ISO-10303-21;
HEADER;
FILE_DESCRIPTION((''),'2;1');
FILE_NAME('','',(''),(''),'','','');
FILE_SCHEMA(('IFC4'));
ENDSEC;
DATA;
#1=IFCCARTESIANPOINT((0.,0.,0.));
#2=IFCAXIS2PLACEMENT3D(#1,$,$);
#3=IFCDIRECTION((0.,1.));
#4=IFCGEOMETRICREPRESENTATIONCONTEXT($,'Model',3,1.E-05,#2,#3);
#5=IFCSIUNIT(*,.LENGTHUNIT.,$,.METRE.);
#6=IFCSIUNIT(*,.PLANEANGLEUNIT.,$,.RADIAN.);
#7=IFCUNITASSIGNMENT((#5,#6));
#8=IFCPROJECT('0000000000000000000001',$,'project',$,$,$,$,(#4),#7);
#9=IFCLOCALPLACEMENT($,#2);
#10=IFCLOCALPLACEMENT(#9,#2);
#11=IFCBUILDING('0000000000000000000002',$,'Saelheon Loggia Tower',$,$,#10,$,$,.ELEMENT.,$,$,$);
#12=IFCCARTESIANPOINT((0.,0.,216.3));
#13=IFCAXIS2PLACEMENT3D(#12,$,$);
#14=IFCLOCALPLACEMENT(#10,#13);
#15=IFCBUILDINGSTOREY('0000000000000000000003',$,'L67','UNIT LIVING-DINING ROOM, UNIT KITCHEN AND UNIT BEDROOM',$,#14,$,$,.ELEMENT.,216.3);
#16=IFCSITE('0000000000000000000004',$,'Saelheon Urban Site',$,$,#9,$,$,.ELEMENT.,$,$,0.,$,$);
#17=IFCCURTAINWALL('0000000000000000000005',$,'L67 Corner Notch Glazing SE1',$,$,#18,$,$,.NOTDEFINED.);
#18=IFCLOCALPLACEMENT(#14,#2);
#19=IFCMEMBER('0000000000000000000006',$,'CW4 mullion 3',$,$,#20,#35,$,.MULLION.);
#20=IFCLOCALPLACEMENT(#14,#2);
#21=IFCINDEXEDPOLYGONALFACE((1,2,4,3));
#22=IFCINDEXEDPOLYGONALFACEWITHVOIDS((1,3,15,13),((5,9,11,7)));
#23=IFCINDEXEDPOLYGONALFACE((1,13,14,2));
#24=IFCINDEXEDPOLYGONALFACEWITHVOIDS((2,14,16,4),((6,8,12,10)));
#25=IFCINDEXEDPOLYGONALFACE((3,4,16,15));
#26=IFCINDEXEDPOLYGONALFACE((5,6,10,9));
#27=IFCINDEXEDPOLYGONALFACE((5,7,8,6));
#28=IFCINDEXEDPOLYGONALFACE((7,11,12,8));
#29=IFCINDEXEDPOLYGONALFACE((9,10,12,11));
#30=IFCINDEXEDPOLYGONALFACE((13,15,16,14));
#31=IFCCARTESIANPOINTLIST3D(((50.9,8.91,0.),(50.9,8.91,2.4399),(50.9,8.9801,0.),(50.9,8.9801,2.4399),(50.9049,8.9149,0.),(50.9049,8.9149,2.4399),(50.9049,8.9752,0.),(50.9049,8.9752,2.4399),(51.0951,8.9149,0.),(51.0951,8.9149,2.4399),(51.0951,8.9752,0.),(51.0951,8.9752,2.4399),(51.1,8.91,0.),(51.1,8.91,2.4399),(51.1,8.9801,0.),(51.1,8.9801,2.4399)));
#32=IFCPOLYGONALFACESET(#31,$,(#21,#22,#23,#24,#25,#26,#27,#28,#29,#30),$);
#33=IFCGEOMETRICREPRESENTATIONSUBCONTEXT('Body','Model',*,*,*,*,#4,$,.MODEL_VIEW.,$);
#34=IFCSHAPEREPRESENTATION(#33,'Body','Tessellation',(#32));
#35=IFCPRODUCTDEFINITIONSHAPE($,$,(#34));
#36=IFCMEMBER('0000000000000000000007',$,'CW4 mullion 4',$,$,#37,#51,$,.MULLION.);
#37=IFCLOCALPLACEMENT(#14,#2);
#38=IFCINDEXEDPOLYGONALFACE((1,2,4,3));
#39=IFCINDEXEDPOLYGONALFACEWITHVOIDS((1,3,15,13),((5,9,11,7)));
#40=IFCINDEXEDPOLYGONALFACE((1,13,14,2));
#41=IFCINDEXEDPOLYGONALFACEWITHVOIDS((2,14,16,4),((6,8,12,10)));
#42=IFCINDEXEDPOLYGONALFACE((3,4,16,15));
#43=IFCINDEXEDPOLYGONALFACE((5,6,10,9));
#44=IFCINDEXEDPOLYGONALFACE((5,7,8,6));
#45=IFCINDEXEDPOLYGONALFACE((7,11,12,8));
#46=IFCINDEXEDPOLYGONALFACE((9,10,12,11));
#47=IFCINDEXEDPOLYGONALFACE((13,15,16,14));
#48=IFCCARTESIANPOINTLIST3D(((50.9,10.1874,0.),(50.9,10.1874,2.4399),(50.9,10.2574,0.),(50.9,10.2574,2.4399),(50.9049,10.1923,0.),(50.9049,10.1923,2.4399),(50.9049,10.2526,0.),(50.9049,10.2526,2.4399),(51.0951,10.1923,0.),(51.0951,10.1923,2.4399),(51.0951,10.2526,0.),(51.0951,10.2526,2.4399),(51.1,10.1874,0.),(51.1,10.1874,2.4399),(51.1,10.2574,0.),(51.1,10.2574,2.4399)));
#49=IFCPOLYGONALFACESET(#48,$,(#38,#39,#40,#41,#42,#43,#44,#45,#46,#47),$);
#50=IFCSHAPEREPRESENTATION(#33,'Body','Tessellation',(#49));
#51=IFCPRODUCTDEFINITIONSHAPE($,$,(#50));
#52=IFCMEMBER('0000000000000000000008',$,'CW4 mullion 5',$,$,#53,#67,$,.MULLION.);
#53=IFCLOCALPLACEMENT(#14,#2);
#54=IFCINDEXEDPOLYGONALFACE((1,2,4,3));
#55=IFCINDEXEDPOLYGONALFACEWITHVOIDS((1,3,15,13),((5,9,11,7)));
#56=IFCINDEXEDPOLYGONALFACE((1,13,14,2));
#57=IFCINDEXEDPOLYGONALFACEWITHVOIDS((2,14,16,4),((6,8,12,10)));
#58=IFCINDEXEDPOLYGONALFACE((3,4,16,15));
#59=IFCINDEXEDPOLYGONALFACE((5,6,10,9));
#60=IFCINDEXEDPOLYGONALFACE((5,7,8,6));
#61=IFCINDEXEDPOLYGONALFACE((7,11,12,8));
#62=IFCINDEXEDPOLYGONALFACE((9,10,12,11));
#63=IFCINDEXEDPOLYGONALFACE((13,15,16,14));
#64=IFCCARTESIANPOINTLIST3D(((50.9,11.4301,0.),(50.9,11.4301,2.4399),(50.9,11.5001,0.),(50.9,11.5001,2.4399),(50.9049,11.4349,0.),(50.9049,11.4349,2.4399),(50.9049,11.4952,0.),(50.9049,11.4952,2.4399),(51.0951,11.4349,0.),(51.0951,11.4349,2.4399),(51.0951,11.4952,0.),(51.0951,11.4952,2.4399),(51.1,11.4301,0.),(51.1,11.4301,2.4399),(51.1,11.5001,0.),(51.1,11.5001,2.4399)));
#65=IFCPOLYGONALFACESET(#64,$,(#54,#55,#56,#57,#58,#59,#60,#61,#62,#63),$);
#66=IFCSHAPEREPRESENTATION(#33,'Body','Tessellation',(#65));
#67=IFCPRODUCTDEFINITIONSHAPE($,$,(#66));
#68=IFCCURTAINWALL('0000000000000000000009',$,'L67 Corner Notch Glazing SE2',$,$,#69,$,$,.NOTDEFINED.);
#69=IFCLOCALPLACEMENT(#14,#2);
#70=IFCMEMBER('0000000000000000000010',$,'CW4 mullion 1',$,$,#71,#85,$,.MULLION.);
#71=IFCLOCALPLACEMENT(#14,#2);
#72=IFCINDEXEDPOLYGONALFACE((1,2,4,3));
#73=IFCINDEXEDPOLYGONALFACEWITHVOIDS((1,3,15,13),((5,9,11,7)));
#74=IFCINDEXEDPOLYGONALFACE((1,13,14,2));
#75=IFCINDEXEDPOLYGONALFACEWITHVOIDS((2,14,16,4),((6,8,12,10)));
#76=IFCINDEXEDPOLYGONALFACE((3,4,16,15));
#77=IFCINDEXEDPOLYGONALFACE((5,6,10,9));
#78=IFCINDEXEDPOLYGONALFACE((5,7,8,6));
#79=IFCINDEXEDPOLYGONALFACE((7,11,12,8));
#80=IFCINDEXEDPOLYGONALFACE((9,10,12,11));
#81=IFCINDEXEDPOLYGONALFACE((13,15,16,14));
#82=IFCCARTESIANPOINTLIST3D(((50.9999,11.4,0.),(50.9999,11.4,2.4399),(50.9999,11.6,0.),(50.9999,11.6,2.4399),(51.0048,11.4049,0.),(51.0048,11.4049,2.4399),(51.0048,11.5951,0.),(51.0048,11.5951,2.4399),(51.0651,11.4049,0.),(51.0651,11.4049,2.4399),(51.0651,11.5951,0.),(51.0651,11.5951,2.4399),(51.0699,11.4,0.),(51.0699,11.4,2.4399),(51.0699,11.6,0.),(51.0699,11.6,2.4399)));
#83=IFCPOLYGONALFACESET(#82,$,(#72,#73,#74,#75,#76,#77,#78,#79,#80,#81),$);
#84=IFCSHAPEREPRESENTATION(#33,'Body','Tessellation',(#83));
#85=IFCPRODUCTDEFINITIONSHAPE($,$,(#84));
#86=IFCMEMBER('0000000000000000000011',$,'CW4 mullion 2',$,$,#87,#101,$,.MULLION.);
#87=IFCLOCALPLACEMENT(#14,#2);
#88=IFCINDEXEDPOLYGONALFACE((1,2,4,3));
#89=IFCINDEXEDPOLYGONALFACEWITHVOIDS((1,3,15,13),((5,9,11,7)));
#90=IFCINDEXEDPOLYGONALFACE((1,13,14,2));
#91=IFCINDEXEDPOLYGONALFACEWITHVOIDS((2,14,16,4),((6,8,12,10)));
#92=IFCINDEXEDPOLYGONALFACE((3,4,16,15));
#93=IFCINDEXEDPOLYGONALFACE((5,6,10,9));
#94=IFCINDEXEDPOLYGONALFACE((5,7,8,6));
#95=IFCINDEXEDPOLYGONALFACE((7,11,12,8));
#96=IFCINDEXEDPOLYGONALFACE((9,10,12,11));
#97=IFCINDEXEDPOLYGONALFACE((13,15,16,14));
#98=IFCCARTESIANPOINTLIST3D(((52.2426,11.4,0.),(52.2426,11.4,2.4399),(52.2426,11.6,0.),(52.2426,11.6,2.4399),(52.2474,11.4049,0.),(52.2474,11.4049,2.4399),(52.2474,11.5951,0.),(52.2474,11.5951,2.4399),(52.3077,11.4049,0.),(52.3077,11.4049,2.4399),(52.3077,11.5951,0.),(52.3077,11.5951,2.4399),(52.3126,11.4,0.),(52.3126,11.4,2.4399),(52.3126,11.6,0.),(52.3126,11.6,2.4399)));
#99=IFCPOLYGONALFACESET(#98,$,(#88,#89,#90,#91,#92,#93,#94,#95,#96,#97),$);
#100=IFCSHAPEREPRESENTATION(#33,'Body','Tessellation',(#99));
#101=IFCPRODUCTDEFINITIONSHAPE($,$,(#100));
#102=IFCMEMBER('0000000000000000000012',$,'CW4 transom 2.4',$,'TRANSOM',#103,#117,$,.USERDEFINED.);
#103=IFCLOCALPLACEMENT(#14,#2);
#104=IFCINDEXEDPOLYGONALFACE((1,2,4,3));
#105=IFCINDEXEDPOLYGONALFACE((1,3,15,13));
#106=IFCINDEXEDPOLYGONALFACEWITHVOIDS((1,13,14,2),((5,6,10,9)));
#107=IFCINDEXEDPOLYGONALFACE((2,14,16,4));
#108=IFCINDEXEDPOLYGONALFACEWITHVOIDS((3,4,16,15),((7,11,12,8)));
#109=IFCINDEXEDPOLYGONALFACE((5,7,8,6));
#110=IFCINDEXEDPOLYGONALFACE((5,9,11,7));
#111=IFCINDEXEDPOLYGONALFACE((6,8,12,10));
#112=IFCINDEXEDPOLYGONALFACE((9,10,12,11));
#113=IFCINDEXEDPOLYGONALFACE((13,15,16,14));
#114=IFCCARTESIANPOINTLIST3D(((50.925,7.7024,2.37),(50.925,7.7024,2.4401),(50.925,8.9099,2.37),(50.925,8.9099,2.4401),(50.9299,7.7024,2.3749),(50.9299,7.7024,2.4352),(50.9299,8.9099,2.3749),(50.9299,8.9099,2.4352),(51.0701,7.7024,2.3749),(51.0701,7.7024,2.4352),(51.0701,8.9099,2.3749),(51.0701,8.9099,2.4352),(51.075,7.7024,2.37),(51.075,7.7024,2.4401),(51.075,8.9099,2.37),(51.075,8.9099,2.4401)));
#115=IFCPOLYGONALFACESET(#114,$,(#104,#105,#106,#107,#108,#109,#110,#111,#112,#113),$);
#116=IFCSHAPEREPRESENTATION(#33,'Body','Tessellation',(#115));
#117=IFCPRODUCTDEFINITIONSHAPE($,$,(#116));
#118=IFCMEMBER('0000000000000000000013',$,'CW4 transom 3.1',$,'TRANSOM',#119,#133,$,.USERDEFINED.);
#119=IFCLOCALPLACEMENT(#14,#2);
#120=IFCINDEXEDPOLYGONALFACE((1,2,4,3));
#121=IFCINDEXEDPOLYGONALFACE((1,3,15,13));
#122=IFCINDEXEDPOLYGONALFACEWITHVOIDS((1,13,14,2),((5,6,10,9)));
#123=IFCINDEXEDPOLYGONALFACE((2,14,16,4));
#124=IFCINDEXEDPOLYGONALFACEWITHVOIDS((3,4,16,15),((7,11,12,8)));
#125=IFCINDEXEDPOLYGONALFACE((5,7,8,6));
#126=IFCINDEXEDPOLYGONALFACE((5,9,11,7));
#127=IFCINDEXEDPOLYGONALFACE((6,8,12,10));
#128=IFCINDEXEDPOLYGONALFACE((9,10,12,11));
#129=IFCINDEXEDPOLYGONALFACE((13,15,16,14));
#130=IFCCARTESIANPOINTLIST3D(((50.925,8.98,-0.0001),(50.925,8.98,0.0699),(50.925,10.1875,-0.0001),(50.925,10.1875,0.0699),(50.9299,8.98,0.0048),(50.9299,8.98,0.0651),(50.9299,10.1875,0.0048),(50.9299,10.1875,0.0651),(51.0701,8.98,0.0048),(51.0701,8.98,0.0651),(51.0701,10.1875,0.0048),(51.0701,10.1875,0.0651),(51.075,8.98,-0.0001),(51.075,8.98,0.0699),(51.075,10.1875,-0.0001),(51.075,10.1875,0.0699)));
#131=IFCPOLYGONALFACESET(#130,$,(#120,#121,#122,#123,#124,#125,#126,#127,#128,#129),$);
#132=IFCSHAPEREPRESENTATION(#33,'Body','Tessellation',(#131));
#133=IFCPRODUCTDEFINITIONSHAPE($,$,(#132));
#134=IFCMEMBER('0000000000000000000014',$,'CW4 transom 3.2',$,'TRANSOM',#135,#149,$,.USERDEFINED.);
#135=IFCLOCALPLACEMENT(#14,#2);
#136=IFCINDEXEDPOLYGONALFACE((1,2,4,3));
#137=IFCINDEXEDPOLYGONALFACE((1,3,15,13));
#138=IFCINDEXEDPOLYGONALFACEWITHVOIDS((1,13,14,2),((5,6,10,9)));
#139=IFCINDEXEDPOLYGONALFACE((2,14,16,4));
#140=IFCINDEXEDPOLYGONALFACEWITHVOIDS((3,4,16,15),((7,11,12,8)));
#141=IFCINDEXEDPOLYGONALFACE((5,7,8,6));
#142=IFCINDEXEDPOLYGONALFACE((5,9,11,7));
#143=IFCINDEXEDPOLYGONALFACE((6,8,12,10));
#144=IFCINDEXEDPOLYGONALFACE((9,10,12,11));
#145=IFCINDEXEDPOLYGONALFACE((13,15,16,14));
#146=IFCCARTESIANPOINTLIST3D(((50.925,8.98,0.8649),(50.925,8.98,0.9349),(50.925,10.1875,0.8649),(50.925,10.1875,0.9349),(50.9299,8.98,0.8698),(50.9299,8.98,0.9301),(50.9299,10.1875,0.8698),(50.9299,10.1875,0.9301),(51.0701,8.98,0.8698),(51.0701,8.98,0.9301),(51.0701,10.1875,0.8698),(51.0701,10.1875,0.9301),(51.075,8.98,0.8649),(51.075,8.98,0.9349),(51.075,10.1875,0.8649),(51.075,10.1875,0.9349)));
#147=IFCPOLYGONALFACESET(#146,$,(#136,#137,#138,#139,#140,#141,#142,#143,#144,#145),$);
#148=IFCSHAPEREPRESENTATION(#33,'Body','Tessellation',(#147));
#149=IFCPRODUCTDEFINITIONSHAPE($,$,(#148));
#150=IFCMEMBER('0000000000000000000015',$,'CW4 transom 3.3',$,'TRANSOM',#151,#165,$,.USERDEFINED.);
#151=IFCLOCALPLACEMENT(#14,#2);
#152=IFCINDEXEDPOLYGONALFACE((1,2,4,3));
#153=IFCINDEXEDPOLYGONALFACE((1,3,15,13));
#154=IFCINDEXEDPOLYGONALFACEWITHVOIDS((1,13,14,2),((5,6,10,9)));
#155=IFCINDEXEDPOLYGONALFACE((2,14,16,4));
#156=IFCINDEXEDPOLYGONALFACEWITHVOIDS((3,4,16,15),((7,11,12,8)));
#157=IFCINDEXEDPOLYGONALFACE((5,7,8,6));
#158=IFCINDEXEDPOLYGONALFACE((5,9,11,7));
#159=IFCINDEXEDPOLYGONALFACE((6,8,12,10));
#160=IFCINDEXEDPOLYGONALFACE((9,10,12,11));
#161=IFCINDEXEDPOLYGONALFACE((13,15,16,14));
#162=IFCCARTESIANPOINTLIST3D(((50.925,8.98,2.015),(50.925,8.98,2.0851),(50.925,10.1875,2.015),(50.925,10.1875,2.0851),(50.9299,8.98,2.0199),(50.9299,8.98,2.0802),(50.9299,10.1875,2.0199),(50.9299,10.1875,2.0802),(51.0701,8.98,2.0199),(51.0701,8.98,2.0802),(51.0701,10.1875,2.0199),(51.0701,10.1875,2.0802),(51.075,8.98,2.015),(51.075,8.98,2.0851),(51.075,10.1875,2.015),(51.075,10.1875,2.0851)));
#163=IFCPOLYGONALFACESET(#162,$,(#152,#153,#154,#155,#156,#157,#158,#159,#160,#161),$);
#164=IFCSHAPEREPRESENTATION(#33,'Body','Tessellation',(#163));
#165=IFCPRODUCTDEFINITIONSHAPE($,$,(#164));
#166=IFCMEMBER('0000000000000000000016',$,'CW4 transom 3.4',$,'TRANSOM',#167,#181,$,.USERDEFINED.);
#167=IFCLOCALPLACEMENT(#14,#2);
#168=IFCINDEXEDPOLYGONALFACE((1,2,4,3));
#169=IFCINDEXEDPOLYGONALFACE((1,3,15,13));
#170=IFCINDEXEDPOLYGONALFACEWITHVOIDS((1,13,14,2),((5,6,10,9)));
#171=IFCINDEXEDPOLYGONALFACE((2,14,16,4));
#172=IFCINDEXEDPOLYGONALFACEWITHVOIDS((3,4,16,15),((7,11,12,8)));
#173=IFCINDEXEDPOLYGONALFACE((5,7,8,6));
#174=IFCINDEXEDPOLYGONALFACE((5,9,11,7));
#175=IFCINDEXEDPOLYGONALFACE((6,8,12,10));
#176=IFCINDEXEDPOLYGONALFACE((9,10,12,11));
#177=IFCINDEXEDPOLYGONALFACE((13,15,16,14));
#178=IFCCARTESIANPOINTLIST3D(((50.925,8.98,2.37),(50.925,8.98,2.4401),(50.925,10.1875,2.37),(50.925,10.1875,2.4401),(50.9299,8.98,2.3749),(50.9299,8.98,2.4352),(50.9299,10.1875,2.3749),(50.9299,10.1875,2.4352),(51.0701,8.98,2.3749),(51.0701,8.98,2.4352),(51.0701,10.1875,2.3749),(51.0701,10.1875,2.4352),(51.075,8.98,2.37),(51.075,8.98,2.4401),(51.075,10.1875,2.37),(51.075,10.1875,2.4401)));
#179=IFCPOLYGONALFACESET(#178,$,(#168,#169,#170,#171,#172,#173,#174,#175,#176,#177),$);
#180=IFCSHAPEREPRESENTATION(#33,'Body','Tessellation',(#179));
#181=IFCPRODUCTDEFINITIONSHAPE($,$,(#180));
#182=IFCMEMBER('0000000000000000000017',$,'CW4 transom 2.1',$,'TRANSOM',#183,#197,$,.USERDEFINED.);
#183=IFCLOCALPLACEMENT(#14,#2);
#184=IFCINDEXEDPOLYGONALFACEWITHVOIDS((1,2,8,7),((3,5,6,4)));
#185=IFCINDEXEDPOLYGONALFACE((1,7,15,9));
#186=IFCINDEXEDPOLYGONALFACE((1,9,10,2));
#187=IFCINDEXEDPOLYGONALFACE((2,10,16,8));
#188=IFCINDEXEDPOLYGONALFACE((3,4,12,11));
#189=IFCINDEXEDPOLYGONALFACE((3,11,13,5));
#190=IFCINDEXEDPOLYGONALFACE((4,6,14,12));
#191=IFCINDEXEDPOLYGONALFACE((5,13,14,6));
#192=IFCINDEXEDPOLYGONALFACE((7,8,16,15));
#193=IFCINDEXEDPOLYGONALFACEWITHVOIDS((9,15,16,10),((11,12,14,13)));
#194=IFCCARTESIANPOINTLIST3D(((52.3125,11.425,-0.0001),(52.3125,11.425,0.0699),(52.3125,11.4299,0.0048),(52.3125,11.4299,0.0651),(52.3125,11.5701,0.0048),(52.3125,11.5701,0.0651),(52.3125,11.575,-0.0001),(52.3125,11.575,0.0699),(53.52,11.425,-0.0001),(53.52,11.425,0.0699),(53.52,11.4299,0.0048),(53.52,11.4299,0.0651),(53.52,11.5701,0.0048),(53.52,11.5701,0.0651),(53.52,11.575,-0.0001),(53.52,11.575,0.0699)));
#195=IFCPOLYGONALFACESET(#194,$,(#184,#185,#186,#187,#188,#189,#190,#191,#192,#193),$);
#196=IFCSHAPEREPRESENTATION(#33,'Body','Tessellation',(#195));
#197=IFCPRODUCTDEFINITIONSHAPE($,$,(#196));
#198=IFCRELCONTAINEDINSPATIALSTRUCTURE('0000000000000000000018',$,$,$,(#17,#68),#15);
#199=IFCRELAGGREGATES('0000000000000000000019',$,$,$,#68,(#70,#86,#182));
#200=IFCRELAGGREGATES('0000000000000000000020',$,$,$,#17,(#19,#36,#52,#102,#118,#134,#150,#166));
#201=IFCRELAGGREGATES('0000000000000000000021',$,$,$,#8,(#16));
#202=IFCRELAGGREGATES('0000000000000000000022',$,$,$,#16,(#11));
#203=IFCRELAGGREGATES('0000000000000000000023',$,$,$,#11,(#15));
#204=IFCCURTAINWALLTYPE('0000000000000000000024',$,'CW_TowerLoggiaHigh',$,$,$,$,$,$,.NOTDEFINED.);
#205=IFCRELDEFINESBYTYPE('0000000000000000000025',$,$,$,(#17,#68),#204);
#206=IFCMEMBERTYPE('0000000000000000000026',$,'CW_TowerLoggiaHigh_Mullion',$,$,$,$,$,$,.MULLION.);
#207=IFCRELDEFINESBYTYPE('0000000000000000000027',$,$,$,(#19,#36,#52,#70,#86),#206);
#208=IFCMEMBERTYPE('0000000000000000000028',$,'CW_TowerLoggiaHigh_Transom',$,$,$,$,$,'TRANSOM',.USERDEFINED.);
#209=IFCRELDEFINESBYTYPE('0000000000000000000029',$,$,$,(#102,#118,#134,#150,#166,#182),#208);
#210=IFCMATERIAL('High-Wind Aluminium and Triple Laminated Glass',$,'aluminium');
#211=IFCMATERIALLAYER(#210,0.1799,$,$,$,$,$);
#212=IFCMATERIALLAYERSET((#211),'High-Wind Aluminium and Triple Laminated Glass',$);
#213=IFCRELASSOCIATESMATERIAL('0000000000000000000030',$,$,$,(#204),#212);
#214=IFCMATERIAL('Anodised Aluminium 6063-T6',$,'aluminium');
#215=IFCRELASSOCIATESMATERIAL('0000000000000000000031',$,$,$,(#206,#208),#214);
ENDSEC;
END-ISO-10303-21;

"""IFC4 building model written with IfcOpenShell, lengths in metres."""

from ifc_helpers import new_model, si_unit, direction, frame, origin, origin_2d, place, context, subcontext, project, spatial, hollow_rectangle, extrude, source, transform, mapped, material, layer, layer_set, material_profile, profile_set, type_object, element, aggregate, save


model = new_model("IFC4")

# Units and contexts
model_context = context("Model", 3, precision=1e-05, world=origin(), true_north=direction((0.0, 1.0)))
body_context = subcontext(model_context, "Body", "Model", "MODEL_VIEW")
ifc_project = project(units=[si_unit("LENGTHUNIT", "METRE"), si_unit("PLANEANGLEUNIT", "RADIAN")], contexts=[model_context])

# Site, building, storey
site_placement = place(None, origin())
site = spatial("IfcSite", under=ifc_project, at=site_placement, Name="Saelheon Urban Site", CompositionType="ELEMENT", RefElevation=0.0)
building_placement = place(site_placement, origin())
building = spatial("IfcBuilding", under=site, at=building_placement, Name="Saelheon Loggia Tower", CompositionType="ELEMENT")
storey_placement = place(building_placement, frame((0.0, 0.0, 216.3)))
storey = spatial("IfcBuildingStorey", under=building, at=storey_placement, Name="L67", Description="UNIT LIVING-DINING ROOM, UNIT KITCHEN AND UNIT BEDROOM", CompositionType="ELEMENT", Elevation=216.3)

# Curtain walls, members
ifc_material_1 = material(Name="High-Wind Aluminium and Triple Laminated Glass", Category="aluminium")
ifc_layer_1 = layer(ifc_material_1, 0.1799)
ifc_layer_set_1 = layer_set([ifc_layer_1], Name="High-Wind Aluminium and Triple Laminated Glass")
curtain_wall_type = type_object("IfcCurtainWallType", Name="CW_TowerLoggiaHigh", PredefinedType="NOTDEFINED", material=ifc_layer_set_1)
curtain_wall_1_placement = place(storey_placement, origin())
curtain_wall_1 = element("IfcCurtainWall", 1, at=curtain_wall_1_placement, inside=storey, type_object=curtain_wall_type, Name="L67 Corner Notch Glazing SE1", PredefinedType="NOTDEFINED")
ifc_material_2 = material(Name="Anodised Aluminium 6063-T6", Category="aluminium")
ifc_material_profile_1 = material_profile(ifc_material_2, hollow_rectangle(XDim=0.0701, YDim=0.2, WallThickness=0.0049, at=origin_2d()), Name="RHS-200x70x5")
ifc_profile_set_1 = profile_set([ifc_material_profile_1], Name="Anodised Aluminium 6063-T6")
member_type_1 = type_object("IfcMemberType", Name="CW_TowerLoggiaHigh_Mullion", PredefinedType="MULLION", material=ifc_profile_set_1)
shared_shape_1 = source(origin(), body_context, "Body", "SweptSolid", [
    extrude(hollow_rectangle(XDim=0.0701, YDim=0.2, WallThickness=0.0049, at=origin_2d()), origin(), (0.0, 0.0, 1.0), 2.4399),
])
member_1_placement = place(storey_placement, frame((51.0, 8.9451, 0.0), z_axis=(0.0, 0.0, 1.0), x_axis=(0.0, 1.0, 0.0)))
member_1 = element("IfcMember", 2, at=member_1_placement, type_object=member_type_1, Name="CW4 mullion 3", PredefinedType="MULLION", context=body_context, shape_type="MappedRepresentation", body=[
    mapped(shared_shape_1, transform((0.0, 0.0, 0.0), scale=1.0)),
])
member_2_placement = place(storey_placement, frame((51.0, 10.2224, 0.0), z_axis=(0.0, 0.0, 1.0), x_axis=(0.0, 1.0, 0.0)))
member_2 = element("IfcMember", 3, at=member_2_placement, type_object=member_type_1, Name="CW4 mullion 4", PredefinedType="MULLION", context=body_context, shape_type="MappedRepresentation", body=[
    mapped(shared_shape_1, transform((0.0, 0.0, 0.0), scale=1.0)),
])
member_3_placement = place(storey_placement, frame((51.0, 11.4651, 0.0), z_axis=(0.0, 0.0, 1.0), x_axis=(0.0, 1.0, 0.0)))
member_3 = element("IfcMember", 4, at=member_3_placement, type_object=member_type_1, Name="CW4 mullion 5", PredefinedType="MULLION", context=body_context, shape_type="MappedRepresentation", body=[
    mapped(shared_shape_1, transform((0.0, 0.0, 0.0), scale=1.0)),
])
curtain_wall_2_placement = place(storey_placement, origin())
curtain_wall_2 = element("IfcCurtainWall", 5, at=curtain_wall_2_placement, inside=storey, type_object=curtain_wall_type, Name="L67 Corner Notch Glazing SE2", PredefinedType="NOTDEFINED")
member_4_placement = place(storey_placement, frame((51.0349, 11.5, 0.0), z_axis=(0.0, 0.0, 1.0), x_axis=(1.0, 0.0, 0.0)))
member_4 = element("IfcMember", 6, at=member_4_placement, type_object=member_type_1, Name="CW4 mullion 1", PredefinedType="MULLION", context=body_context, shape_type="MappedRepresentation", body=[
    mapped(shared_shape_1, transform((0.0, 0.0, 0.0), scale=1.0)),
])
member_5_placement = place(storey_placement, frame((52.2776, 11.5, 0.0), z_axis=(0.0, 0.0, 1.0), x_axis=(1.0, 0.0, 0.0)))
member_5 = element("IfcMember", 7, at=member_5_placement, type_object=member_type_1, Name="CW4 mullion 2", PredefinedType="MULLION", context=body_context, shape_type="MappedRepresentation", body=[
    mapped(shared_shape_1, transform((0.0, 0.0, 0.0), scale=1.0)),
])

# Members
ifc_material_profile_2 = material_profile(ifc_material_2, hollow_rectangle(XDim=0.0701, YDim=0.1499, WallThickness=0.0049, at=origin_2d()), Name="RHS-150x70x5")
ifc_profile_set_2 = profile_set([ifc_material_profile_2], Name="Anodised Aluminium 6063-T6")
member_type_2 = type_object("IfcMemberType", Name="CW_TowerLoggiaHigh_Transom", ElementType="TRANSOM", PredefinedType="USERDEFINED", material=ifc_profile_set_2)
shared_shape_2 = source(origin(), body_context, "Body", "SweptSolid", [
    extrude(hollow_rectangle(XDim=0.0701, YDim=0.1499, WallThickness=0.0049, at=origin_2d()), origin(), (0.0, 0.0, 1.0), 1.2075),
])
member_6_placement = place(storey_placement, frame((51.0, 7.7024, 2.405), z_axis=(0.0, 1.0, 0.0), x_axis=(0.0, 0.0, 1.0)))
member_6 = element("IfcMember", 8, at=member_6_placement, type_object=member_type_2, Name="CW4 transom 2.4", ObjectType="TRANSOM", PredefinedType="USERDEFINED", context=body_context, shape_type="MappedRepresentation", body=[
    mapped(shared_shape_2, transform((0.0, 0.0, 0.0), scale=1.0)),
])
member_7_placement = place(storey_placement, frame((51.0, 8.98, 0.0349), z_axis=(0.0, 1.0, 0.0), x_axis=(0.0, 0.0, 1.0)))
member_7 = element("IfcMember", 9, at=member_7_placement, type_object=member_type_2, Name="CW4 transom 3.1", ObjectType="TRANSOM", PredefinedType="USERDEFINED", context=body_context, shape_type="MappedRepresentation", body=[
    mapped(shared_shape_2, transform((0.0, 0.0, 0.0), scale=1.0)),
])
member_8_placement = place(storey_placement, frame((51.0, 8.98, 0.8999), z_axis=(0.0, 1.0, 0.0), x_axis=(0.0, 0.0, 1.0)))
member_8 = element("IfcMember", 10, at=member_8_placement, type_object=member_type_2, Name="CW4 transom 3.2", ObjectType="TRANSOM", PredefinedType="USERDEFINED", context=body_context, shape_type="MappedRepresentation", body=[
    mapped(shared_shape_2, transform((0.0, 0.0, 0.0), scale=1.0)),
])
member_9_placement = place(storey_placement, frame((51.0, 8.98, 2.05), z_axis=(0.0, 1.0, 0.0), x_axis=(0.0, 0.0, 1.0)))
member_9 = element("IfcMember", 11, at=member_9_placement, type_object=member_type_2, Name="CW4 transom 3.3", ObjectType="TRANSOM", PredefinedType="USERDEFINED", context=body_context, shape_type="MappedRepresentation", body=[
    mapped(shared_shape_2, transform((0.0, 0.0, 0.0), scale=1.0)),
])
member_10_placement = place(storey_placement, frame((51.0, 8.98, 2.405), z_axis=(0.0, 1.0, 0.0), x_axis=(0.0, 0.0, 1.0)))
member_10 = element("IfcMember", 12, at=member_10_placement, type_object=member_type_2, Name="CW4 transom 3.4", ObjectType="TRANSOM", PredefinedType="USERDEFINED", context=body_context, shape_type="MappedRepresentation", body=[
    mapped(shared_shape_2, transform((0.0, 0.0, 0.0), scale=1.0)),
])
member_11_placement = place(storey_placement, frame((52.3125, 11.5, 0.0349), z_axis=(1.0, 0.0, 0.0), x_axis=(0.0, 0.0, 1.0)))
member_11 = element("IfcMember", 13, at=member_11_placement, type_object=member_type_2, Name="CW4 transom 2.1", ObjectType="TRANSOM", PredefinedType="USERDEFINED", context=body_context, shape_type="MappedRepresentation", body=[
    mapped(shared_shape_2, transform((0.0, 0.0, 0.0), scale=1.0)),
])

aggregate(curtain_wall_2, [member_4, member_5, member_11])
aggregate(curtain_wall_1, [member_1, member_2, member_3, member_6, member_7, member_8, member_9, member_10])

save(model, "model.ifc")
